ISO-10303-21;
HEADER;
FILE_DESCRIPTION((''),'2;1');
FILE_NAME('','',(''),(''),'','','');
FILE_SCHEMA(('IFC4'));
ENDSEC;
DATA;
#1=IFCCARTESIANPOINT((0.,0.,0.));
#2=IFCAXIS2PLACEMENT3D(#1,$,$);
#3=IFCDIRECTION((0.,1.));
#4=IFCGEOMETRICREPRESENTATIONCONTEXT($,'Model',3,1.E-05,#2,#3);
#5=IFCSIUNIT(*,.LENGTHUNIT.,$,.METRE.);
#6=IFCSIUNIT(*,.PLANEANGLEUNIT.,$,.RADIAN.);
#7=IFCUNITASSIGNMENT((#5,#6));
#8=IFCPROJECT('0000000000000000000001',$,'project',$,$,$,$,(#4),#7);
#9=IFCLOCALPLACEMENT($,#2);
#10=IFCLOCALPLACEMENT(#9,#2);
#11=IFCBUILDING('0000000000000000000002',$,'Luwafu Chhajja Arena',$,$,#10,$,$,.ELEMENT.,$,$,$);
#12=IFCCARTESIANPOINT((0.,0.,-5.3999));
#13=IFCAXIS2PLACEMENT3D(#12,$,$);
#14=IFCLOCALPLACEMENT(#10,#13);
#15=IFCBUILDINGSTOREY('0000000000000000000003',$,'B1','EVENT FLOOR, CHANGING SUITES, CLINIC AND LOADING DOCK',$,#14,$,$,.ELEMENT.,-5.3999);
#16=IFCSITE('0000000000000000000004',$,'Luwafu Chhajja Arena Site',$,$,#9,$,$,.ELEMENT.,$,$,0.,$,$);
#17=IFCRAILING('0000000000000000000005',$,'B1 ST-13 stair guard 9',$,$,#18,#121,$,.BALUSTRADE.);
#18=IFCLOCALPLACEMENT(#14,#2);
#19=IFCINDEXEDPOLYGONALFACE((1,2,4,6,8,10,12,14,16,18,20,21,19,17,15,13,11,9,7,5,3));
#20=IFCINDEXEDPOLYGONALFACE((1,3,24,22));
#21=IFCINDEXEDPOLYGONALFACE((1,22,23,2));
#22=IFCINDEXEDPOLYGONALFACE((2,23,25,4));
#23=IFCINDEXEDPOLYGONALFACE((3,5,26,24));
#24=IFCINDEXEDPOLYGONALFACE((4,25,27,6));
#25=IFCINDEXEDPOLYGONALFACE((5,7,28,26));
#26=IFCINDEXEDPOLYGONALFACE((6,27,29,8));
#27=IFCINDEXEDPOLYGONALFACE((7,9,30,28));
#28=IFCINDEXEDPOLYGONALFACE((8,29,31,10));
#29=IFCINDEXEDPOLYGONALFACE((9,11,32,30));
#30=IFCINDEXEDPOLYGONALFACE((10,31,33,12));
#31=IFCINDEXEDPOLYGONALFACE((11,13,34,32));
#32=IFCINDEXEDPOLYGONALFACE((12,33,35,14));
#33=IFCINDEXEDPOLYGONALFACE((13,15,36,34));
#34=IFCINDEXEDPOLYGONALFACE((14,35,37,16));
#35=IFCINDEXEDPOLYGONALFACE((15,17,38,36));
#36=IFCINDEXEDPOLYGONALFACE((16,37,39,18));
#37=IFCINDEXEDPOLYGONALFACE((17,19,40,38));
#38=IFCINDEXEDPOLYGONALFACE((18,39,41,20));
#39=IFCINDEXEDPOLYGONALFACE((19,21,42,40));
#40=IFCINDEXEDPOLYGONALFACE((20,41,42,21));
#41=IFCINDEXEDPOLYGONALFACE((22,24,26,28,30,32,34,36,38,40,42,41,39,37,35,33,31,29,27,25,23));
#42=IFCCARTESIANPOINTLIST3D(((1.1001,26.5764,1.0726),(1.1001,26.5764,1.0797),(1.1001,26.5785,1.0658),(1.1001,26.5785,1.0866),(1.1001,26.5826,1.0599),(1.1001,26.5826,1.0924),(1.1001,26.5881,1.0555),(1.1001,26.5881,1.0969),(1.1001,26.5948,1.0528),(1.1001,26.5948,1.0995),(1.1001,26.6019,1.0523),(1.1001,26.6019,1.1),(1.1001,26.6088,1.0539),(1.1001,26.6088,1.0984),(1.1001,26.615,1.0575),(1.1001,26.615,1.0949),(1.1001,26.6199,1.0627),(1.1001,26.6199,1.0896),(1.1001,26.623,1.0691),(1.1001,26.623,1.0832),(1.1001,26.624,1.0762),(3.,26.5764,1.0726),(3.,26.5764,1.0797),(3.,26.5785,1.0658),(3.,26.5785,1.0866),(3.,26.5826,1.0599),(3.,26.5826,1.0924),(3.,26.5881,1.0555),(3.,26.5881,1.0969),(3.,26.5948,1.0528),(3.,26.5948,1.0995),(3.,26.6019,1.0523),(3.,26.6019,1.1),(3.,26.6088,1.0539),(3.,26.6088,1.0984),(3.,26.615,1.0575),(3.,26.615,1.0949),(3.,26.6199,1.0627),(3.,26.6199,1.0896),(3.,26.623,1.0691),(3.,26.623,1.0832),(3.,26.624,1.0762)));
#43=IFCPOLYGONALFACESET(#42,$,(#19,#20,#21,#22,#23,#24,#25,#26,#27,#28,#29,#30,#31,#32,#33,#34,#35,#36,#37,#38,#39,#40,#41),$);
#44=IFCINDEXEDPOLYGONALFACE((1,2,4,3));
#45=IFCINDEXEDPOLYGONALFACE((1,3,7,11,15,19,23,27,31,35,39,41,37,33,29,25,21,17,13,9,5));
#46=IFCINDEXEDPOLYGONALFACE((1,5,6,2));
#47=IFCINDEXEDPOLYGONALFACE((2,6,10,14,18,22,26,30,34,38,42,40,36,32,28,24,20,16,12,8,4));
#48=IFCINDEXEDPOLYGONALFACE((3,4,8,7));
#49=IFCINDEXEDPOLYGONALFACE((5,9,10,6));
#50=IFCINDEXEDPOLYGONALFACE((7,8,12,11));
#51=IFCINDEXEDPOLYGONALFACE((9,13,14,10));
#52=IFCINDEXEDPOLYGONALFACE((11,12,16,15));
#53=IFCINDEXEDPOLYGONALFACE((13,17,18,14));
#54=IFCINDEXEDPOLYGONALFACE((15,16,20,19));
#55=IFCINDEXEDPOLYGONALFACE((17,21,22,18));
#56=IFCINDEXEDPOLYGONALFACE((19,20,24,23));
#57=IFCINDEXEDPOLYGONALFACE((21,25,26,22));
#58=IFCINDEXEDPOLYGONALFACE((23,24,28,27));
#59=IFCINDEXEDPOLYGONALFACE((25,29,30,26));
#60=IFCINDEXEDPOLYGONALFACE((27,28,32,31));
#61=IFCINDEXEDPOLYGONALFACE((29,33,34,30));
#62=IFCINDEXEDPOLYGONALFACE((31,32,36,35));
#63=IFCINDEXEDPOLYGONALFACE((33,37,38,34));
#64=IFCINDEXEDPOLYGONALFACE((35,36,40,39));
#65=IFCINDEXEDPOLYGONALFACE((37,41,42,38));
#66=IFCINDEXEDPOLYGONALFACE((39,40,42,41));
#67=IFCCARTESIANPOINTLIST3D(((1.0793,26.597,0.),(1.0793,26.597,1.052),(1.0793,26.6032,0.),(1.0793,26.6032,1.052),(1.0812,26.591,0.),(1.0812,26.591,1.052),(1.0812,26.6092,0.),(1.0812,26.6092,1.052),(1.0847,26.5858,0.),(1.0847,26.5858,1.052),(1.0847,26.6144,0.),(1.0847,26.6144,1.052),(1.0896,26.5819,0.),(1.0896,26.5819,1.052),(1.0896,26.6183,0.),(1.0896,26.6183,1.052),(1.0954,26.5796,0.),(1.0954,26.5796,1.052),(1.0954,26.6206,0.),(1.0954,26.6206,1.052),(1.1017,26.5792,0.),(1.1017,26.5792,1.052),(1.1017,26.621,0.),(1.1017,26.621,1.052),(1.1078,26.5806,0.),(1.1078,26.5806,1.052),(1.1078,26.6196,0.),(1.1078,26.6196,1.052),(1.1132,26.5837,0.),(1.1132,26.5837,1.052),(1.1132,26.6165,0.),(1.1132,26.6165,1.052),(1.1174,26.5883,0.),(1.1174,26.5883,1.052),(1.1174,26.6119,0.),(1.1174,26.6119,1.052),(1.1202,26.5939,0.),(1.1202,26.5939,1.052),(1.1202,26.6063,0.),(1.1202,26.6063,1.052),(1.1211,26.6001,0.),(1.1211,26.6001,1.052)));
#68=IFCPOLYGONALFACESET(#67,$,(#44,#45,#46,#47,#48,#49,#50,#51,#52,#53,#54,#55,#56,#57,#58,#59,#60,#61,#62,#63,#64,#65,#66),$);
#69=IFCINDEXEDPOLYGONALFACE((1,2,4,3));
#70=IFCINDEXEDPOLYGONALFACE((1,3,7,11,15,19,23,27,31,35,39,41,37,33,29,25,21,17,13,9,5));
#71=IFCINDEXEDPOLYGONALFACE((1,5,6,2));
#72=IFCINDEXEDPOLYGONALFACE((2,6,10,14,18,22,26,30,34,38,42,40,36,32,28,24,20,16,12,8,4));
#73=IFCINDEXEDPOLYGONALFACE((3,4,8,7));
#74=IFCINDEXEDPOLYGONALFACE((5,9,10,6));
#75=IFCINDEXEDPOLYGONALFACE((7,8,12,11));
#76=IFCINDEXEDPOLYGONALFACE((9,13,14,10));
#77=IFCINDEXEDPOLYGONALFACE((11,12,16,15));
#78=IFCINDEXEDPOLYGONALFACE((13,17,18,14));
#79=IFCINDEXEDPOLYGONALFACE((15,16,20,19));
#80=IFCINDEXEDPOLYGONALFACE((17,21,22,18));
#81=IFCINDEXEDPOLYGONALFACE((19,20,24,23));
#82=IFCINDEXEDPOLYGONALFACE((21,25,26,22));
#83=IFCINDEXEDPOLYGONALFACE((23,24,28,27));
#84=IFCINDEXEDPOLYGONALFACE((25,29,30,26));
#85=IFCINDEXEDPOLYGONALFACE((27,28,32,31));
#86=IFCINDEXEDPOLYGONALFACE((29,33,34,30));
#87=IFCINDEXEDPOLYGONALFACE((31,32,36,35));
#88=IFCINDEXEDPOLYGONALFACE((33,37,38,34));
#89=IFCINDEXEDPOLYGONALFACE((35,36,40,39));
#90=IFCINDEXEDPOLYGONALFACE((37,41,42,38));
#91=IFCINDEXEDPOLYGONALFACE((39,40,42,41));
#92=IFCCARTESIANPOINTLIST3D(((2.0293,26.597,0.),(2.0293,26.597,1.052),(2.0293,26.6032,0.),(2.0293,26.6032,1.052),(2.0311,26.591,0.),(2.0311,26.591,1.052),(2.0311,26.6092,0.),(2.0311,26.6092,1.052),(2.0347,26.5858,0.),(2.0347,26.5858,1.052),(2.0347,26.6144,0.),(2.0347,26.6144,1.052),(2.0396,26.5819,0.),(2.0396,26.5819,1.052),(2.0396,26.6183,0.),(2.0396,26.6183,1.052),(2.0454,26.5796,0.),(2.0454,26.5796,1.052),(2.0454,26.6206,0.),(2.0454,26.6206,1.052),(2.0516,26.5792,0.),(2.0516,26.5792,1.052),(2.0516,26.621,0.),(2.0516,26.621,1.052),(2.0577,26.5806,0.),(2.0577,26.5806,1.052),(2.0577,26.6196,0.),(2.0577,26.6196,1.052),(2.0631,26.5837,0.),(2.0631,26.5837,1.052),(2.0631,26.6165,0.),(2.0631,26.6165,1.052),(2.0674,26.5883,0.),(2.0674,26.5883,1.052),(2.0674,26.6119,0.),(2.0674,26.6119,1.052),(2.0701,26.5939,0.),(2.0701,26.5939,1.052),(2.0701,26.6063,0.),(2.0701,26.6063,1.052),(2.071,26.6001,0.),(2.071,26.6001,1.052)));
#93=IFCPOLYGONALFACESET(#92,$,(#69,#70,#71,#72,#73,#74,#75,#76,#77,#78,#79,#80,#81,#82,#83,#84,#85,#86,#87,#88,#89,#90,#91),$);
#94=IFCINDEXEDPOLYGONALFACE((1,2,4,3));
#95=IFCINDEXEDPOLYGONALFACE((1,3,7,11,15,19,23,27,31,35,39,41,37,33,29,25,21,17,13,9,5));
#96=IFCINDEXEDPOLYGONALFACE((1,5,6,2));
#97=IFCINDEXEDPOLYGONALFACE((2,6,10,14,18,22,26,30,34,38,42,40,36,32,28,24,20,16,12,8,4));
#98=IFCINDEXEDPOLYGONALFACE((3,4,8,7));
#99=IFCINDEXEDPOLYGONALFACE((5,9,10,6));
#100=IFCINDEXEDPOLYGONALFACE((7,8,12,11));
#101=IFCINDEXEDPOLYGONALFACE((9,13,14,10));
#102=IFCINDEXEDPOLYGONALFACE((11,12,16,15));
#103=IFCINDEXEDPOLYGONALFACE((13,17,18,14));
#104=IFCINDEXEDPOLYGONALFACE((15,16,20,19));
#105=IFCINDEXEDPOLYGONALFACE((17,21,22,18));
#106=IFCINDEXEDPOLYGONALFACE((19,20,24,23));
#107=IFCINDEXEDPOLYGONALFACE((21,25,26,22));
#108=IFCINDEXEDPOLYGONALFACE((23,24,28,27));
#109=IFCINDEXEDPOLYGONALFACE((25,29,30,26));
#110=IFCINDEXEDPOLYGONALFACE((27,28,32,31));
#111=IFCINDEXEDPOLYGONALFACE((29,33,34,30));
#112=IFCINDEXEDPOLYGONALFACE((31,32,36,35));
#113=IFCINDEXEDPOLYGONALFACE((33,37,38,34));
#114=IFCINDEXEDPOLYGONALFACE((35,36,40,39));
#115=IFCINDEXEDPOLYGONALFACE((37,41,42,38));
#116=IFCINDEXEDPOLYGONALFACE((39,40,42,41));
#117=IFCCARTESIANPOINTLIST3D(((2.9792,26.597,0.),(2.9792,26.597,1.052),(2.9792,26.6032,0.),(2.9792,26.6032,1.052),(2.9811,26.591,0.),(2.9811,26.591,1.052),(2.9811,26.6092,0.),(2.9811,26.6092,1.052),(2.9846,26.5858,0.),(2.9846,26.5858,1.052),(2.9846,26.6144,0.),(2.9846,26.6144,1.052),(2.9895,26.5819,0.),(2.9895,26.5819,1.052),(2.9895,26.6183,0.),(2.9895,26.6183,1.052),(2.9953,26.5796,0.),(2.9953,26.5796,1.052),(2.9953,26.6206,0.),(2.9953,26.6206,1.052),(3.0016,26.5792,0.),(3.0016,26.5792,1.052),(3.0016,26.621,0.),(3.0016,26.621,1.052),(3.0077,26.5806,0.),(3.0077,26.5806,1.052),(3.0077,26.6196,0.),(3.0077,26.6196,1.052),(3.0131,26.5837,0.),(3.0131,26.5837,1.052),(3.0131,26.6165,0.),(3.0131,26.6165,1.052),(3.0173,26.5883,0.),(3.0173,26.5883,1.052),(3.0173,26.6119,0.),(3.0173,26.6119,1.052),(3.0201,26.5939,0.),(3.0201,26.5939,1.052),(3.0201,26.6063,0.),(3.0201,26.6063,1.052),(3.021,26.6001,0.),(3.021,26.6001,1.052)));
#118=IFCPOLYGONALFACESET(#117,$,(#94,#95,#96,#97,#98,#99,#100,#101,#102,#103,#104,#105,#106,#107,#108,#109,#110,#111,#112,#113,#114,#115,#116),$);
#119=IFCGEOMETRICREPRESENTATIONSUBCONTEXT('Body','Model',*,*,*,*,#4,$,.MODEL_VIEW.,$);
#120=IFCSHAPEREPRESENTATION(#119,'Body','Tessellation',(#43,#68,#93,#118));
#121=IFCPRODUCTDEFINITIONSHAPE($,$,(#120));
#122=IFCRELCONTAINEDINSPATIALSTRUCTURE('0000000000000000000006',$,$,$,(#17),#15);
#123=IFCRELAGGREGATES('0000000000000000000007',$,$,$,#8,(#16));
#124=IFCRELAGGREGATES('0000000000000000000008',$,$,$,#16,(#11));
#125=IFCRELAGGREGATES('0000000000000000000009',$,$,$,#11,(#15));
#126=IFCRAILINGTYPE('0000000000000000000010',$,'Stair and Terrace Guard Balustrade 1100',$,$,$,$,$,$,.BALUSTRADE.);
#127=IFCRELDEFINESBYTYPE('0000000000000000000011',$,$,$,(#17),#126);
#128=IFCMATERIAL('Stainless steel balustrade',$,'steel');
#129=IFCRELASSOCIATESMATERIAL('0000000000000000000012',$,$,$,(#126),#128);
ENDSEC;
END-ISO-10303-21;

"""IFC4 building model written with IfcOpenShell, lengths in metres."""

from ifc_helpers import new_model, si_unit, direction, frame, origin, origin_2d, place, context, subcontext, project, spatial, circle, extrude, material, type_object, element, save


model = new_model("IFC4")

# Units and contexts
model_context = context("Model", 3, precision=1e-05, world=origin(), true_north=direction((0.0, 1.0)))
body_context = subcontext(model_context, "Body", "Model", "MODEL_VIEW")
ifc_project = project(units=[si_unit("LENGTHUNIT", "METRE"), si_unit("PLANEANGLEUNIT", "RADIAN")], contexts=[model_context])

# Site, building, storey
site_placement = place(None, origin())
site = spatial("IfcSite", under=ifc_project, at=site_placement, Name="Luwafu Chhajja Arena Site", CompositionType="ELEMENT", RefElevation=0.0)
building_placement = place(site_placement, origin())
building = spatial("IfcBuilding", under=site, at=building_placement, Name="Luwafu Chhajja Arena", CompositionType="ELEMENT")
storey_placement = place(building_placement, frame((0.0, 0.0, -5.3999)))
storey = spatial("IfcBuildingStorey", under=building, at=storey_placement, Name="B1", Description="EVENT FLOOR, CHANGING SUITES, CLINIC AND LOADING DOCK", CompositionType="ELEMENT", Elevation=-5.3999)

# Railing
ifc_material_1 = material(Name="Stainless steel balustrade", Category="steel")
railing_type_1 = type_object("IfcRailingType", Name="Stair and Terrace Guard Balustrade 1100", PredefinedType="BALUSTRADE", material=ifc_material_1)
for number, where, name in (
    (1, (1.1001, 26.6001, 0.0), "B1 ST-13 stair guard 9"),
):
    element("IfcRailing", number, at=place(storey_placement, frame(where)), inside=storey, type_object=railing_type_1, Name=name, PredefinedType="BALUSTRADE", context=body_context, shape_type="SweptSolid", body=[
        extrude(circle(Radius=0.0239, at=origin_2d()), frame((0.0, 0.0, 1.0762), z_axis=(1.0, 0.0, 0.0), x_axis=(0.0, 1.0, 0.0)), (0.0, 0.0, 1.0), 1.8999),
        extrude(circle(Radius=0.021, at=origin_2d()), origin(), (0.0, 0.0, 1.0), 1.052),
        extrude(circle(Radius=0.021, at=origin_2d()), frame((0.95, 0.0, 0.0)), (0.0, 0.0, 1.0), 1.052),
        extrude(circle(Radius=0.021, at=origin_2d()), frame((1.8999, 0.0, 0.0)), (0.0, 0.0, 1.0), 1.052),
    ])

save(model, "model.ifc")
